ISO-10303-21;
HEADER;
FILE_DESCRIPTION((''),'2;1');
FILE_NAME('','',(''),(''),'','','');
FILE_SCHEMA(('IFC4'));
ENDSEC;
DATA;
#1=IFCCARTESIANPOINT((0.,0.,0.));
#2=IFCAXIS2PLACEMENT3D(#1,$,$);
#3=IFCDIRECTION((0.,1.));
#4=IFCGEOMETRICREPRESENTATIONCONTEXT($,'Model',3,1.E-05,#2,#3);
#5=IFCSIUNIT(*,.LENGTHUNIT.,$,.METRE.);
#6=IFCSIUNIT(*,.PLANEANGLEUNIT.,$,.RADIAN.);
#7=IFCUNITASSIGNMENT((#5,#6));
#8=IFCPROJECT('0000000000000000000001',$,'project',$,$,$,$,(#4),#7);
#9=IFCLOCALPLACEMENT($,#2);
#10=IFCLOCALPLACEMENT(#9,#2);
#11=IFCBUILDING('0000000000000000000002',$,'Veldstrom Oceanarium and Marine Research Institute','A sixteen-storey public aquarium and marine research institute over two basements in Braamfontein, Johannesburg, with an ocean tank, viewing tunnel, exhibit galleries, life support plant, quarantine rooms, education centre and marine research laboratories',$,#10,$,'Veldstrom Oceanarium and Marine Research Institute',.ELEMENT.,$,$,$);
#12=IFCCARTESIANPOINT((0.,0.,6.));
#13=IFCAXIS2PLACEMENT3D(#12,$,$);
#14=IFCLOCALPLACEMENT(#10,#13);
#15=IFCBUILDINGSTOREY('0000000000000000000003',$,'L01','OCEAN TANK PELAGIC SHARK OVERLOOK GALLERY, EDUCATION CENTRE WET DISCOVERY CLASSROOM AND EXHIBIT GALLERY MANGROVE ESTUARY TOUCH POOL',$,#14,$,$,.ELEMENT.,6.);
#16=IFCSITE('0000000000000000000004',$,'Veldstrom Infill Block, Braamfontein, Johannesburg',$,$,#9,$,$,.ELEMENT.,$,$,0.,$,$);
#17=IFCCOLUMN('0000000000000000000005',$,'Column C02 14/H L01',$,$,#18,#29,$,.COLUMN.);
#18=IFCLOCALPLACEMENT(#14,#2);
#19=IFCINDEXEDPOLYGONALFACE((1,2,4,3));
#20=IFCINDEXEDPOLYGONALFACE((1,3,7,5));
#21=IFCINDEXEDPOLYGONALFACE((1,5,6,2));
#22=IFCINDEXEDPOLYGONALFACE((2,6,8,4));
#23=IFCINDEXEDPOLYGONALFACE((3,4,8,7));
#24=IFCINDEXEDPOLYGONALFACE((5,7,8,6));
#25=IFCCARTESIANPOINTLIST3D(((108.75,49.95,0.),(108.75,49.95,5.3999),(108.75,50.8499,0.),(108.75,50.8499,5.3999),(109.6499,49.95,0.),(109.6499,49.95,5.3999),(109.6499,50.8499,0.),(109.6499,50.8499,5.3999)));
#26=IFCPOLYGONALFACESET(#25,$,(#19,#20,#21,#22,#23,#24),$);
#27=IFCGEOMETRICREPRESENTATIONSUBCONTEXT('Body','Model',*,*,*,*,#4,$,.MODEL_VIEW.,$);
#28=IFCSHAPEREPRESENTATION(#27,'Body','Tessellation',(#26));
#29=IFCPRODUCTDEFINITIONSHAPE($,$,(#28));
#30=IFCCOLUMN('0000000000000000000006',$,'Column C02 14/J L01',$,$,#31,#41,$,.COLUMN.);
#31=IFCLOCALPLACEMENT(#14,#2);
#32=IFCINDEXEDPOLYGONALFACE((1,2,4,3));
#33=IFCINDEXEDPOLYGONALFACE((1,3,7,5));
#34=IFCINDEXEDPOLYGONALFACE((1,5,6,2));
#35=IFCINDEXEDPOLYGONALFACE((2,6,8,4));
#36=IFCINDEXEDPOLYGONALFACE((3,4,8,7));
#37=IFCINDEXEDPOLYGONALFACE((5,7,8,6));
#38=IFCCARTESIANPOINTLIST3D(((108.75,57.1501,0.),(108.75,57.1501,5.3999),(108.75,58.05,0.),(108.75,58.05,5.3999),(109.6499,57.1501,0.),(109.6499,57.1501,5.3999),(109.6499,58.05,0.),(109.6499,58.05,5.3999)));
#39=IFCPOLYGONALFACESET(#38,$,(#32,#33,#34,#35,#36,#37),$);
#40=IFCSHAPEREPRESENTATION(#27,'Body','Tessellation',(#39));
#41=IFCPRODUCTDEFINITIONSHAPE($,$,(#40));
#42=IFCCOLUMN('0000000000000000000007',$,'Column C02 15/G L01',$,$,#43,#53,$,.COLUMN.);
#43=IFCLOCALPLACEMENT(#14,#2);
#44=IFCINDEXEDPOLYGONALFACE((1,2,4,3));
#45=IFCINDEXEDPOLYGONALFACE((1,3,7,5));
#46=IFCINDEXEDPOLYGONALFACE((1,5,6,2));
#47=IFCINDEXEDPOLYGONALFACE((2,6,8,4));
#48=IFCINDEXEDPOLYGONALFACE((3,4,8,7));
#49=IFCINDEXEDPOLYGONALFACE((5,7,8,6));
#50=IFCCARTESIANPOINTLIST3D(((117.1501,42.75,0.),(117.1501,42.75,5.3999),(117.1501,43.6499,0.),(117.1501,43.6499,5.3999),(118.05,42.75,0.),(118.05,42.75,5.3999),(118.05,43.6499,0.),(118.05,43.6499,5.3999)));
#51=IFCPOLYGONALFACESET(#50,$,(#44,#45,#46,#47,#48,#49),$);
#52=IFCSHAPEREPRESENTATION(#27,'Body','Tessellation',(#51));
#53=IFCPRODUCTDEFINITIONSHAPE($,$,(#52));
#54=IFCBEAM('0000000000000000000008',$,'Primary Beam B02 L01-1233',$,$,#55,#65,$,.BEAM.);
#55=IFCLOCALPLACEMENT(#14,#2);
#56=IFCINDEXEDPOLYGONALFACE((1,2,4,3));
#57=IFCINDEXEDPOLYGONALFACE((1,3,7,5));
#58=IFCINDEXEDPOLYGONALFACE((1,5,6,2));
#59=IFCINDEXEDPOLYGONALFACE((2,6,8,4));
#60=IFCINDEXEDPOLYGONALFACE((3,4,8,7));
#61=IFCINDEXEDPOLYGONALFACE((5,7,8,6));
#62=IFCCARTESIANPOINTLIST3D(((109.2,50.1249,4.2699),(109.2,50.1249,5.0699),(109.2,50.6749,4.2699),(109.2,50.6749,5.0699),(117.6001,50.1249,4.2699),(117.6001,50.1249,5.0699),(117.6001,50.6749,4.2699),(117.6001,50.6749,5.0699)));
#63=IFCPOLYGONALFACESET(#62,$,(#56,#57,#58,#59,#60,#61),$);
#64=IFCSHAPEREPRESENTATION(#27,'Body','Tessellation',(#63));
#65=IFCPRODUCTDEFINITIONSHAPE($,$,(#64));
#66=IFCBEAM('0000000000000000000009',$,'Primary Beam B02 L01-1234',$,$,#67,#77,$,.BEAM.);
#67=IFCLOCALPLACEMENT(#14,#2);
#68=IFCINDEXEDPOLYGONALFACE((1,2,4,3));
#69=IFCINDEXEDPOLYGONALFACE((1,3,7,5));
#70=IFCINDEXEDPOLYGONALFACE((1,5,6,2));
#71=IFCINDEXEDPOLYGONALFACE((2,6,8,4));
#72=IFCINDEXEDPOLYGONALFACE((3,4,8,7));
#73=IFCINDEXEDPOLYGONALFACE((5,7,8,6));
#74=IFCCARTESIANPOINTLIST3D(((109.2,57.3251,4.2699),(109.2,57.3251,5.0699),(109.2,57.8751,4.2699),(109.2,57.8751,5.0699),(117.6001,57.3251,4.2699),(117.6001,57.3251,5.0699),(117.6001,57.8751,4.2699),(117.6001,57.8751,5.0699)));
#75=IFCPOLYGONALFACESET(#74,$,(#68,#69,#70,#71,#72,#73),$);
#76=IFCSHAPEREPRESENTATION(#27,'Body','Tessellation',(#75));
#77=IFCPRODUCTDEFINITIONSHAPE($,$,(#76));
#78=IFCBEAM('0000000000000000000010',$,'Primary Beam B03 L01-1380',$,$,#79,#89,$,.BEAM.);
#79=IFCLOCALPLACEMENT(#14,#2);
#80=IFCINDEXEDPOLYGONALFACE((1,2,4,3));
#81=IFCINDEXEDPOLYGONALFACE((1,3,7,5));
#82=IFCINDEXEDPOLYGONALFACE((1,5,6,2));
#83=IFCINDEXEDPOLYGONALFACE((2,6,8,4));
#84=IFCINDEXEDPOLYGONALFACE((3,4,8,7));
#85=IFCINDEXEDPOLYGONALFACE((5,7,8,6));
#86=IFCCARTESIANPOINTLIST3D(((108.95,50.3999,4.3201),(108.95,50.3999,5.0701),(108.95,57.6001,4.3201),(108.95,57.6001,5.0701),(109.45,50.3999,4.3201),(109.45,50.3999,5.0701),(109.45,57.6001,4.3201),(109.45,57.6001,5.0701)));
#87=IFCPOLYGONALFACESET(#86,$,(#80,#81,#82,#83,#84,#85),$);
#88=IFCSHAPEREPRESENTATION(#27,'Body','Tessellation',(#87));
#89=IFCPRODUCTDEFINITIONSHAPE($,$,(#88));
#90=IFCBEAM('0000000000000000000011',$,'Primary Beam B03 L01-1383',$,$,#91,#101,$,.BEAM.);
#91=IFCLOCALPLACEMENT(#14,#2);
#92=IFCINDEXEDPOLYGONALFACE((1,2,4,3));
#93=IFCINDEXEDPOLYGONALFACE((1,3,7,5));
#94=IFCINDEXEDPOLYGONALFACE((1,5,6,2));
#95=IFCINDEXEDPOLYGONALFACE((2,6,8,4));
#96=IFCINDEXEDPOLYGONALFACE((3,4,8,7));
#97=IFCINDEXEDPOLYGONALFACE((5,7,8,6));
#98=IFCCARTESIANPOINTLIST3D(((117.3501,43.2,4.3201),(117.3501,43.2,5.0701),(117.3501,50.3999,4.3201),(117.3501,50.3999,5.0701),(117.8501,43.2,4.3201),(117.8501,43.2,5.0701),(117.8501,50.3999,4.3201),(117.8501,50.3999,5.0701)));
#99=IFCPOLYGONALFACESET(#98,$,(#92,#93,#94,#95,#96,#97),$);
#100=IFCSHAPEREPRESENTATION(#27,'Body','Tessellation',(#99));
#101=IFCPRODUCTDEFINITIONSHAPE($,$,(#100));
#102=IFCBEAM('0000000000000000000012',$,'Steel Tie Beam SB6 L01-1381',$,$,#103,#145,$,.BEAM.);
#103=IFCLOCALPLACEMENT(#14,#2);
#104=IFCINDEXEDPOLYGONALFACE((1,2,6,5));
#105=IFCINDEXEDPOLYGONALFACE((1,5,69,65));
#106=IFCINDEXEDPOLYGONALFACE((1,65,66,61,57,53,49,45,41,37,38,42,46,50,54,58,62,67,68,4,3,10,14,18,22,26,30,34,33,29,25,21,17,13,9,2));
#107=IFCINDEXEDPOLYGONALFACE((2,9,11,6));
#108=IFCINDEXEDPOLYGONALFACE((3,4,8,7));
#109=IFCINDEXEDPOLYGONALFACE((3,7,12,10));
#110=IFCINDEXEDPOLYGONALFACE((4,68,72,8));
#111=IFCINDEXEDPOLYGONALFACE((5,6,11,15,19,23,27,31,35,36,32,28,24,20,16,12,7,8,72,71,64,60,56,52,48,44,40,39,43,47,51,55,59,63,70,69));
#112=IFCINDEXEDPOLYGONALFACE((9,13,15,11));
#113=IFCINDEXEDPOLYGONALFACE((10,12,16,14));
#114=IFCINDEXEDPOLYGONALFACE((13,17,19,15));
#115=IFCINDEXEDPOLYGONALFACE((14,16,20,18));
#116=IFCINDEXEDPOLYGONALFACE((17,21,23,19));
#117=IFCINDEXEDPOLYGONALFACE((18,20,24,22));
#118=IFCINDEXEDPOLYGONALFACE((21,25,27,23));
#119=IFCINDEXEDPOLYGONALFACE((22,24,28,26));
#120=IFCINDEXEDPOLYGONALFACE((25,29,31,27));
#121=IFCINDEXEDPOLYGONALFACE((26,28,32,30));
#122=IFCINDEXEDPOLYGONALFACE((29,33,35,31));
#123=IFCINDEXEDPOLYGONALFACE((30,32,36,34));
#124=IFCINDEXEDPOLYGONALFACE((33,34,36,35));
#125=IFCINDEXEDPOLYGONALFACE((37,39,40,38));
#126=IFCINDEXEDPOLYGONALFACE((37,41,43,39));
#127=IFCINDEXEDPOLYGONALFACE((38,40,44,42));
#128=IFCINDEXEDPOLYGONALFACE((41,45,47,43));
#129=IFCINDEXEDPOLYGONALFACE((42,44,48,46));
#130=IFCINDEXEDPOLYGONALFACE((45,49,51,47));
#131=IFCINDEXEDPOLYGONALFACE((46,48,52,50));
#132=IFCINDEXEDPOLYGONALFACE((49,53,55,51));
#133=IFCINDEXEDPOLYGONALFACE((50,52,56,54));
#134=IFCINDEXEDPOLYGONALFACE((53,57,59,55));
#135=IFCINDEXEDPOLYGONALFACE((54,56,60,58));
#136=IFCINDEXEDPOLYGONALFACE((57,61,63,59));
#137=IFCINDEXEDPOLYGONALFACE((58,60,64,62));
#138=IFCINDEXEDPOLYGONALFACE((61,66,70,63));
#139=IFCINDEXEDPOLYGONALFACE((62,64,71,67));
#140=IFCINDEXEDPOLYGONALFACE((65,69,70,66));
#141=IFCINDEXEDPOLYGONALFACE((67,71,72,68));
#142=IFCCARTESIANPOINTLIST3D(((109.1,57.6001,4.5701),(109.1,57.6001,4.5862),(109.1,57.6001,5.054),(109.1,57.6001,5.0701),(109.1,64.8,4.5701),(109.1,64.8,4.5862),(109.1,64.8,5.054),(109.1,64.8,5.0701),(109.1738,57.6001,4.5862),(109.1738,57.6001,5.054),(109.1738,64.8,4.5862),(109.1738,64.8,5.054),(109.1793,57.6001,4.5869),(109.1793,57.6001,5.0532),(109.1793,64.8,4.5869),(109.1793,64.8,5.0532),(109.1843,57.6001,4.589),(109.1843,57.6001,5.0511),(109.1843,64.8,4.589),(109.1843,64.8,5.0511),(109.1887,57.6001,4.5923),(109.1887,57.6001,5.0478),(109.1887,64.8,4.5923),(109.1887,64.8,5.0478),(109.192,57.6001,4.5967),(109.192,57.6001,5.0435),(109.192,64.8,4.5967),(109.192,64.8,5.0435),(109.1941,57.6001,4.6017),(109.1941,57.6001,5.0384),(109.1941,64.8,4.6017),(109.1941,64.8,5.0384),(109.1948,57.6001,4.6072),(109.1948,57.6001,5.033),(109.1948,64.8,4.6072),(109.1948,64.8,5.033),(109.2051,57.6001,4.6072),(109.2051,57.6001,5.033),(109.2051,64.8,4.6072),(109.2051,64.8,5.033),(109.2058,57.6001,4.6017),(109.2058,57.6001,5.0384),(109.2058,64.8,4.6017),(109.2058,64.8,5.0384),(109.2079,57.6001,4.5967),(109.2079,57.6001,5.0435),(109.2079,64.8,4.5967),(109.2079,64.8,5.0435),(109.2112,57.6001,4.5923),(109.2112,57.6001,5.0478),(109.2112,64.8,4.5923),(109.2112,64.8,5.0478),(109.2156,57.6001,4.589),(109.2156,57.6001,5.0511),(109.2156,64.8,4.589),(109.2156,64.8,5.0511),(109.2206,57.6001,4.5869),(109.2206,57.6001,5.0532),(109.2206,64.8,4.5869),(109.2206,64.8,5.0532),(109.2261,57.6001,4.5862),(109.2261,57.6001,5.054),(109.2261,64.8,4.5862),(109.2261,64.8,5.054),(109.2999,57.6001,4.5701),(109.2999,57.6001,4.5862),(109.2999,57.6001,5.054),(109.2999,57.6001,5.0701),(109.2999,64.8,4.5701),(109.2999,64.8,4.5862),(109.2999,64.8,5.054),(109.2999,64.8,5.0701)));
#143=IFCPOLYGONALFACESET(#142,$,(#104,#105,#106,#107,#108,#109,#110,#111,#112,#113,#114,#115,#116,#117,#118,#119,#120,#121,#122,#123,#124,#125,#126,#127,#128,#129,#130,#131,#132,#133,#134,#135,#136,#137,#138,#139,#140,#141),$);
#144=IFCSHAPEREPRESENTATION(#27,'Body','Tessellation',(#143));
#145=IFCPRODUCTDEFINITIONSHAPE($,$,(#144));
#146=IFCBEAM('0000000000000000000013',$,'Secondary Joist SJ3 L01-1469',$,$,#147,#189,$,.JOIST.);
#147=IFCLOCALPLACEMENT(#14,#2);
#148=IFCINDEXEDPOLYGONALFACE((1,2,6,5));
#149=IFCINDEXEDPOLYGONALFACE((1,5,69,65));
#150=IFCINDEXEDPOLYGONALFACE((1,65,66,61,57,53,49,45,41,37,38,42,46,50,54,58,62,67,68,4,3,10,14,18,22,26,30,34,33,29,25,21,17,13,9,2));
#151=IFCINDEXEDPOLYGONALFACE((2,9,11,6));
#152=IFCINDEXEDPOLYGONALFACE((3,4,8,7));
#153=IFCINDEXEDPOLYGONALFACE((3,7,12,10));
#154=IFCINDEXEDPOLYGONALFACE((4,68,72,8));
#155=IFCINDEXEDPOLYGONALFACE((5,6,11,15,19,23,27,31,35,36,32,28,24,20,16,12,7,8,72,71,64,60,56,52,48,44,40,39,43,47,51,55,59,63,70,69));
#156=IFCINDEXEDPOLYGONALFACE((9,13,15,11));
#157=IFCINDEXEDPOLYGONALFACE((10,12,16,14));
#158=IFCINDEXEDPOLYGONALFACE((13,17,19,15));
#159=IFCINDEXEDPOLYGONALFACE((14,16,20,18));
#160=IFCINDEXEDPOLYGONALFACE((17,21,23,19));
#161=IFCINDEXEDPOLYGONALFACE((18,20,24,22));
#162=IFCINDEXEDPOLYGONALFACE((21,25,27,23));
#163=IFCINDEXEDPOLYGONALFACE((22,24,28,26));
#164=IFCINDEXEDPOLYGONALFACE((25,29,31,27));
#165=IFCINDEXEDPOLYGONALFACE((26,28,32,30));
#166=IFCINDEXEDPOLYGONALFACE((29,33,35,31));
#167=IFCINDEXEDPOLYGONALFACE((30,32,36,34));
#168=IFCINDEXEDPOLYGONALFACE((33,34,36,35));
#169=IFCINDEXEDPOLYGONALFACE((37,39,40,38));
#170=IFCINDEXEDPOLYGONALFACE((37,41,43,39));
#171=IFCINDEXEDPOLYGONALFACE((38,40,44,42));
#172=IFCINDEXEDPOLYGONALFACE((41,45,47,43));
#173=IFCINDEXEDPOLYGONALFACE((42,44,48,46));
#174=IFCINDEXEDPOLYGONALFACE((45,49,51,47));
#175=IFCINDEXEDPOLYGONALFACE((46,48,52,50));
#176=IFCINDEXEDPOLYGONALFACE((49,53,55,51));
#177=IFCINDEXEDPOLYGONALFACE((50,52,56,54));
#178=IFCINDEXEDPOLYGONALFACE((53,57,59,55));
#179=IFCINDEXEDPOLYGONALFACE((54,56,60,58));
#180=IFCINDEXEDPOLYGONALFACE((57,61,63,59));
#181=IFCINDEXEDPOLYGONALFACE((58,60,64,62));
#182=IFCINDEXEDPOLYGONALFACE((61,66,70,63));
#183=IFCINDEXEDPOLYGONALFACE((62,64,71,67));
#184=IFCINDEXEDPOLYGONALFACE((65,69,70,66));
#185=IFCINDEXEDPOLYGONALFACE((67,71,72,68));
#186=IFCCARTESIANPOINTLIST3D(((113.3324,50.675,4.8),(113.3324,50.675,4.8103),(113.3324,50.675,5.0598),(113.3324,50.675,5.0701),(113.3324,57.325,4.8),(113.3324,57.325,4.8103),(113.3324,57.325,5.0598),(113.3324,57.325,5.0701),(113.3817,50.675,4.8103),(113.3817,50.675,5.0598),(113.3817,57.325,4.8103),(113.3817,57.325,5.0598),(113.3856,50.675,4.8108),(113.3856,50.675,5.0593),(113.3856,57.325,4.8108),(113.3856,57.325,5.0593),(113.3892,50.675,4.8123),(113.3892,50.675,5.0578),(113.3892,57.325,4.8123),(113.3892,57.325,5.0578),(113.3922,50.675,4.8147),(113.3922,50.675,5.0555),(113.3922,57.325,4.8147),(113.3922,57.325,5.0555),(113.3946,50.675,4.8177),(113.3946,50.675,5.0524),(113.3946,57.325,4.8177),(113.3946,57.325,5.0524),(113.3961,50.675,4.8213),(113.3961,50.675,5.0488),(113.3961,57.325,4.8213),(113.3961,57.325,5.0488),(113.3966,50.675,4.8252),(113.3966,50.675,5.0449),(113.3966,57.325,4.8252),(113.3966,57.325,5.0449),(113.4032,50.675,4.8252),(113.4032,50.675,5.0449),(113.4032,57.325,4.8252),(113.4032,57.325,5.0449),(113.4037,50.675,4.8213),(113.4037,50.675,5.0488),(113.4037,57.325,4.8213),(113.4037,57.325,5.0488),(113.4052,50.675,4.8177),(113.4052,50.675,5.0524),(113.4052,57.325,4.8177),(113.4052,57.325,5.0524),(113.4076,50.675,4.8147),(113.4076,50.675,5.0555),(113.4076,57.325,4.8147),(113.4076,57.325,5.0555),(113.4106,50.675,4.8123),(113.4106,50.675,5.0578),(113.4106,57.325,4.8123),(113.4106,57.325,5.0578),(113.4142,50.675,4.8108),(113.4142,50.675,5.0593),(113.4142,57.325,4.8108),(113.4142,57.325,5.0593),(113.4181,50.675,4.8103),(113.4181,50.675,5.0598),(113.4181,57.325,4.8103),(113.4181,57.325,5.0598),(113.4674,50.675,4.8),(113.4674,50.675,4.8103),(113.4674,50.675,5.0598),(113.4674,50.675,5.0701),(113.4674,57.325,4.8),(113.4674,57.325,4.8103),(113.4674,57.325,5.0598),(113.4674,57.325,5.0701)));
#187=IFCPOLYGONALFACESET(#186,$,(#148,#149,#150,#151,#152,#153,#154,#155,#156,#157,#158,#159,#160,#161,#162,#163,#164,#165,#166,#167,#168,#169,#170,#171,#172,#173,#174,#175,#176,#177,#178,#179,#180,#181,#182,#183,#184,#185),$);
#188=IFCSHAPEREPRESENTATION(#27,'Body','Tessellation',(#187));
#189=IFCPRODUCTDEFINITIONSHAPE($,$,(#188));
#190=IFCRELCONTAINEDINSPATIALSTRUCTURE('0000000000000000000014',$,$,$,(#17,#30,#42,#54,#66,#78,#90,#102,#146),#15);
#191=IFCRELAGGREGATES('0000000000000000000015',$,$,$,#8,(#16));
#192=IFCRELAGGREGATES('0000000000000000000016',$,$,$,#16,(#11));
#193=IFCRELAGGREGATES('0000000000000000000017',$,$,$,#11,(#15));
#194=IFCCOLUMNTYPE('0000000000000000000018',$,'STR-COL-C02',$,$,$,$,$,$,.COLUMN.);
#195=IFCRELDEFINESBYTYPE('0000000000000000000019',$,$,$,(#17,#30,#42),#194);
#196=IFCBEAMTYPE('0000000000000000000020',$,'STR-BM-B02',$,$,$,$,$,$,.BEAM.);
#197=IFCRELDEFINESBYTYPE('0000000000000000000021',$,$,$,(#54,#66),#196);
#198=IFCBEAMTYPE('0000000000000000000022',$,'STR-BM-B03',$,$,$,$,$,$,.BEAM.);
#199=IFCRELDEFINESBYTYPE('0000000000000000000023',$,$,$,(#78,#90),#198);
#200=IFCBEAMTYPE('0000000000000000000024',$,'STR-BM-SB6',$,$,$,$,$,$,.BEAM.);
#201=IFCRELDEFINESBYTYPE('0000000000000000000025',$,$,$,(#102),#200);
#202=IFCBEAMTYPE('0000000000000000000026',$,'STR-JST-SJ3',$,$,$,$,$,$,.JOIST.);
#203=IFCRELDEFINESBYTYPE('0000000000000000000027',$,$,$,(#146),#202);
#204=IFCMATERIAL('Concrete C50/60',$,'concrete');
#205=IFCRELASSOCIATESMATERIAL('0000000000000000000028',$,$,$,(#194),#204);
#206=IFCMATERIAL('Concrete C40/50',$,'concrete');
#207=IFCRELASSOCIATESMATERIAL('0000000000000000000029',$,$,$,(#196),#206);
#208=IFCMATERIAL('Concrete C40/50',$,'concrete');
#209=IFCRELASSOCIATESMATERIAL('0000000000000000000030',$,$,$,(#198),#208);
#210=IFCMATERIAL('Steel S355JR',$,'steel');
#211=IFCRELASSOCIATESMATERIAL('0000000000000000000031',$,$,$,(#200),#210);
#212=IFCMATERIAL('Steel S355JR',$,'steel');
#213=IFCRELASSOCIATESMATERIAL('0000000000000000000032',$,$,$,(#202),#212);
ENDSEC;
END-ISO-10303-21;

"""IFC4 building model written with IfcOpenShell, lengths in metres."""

from ifc_helpers import new_model, si_unit, direction, frame, origin, origin_2d, place, context, subcontext, project, spatial, rectangle, i_section, extrude, material, material_profile, profile_set, type_object, element, save


model = new_model("IFC4")

# Units and contexts
model_context = context("Model", 3, precision=1e-05, world=origin(), true_north=direction((0.0, 1.0)))
body_context = subcontext(model_context, "Body", "Model", "MODEL_VIEW")
ifc_project = project(units=[si_unit("LENGTHUNIT", "METRE"), si_unit("PLANEANGLEUNIT", "RADIAN")], contexts=[model_context])

# Site, building, storey
site_placement = place(None, origin())
site = spatial("IfcSite", under=ifc_project, at=site_placement, Name="Veldstrom Infill Block, Braamfontein, Johannesburg", CompositionType="ELEMENT", RefElevation=0.0)
building_placement = place(site_placement, origin())
building = spatial("IfcBuilding", under=site, at=building_placement, Name="Veldstrom Oceanarium and Marine Research Institute", Description="A sixteen-storey public aquarium and marine research institute over two basements in Braamfontein, Johannesburg, with an ocean tank, viewing tunnel, exhibit galleries, life support plant, quarantine rooms, education centre and marine research laboratories", LongName="Veldstrom Oceanarium and Marine Research Institute", CompositionType="ELEMENT")
storey_placement = place(building_placement, frame((0.0, 0.0, 6.0)))
storey = spatial("IfcBuildingStorey", under=building, at=storey_placement, Name="L01", Description="OCEAN TANK PELAGIC SHARK OVERLOOK GALLERY, EDUCATION CENTRE WET DISCOVERY CLASSROOM AND EXHIBIT GALLERY MANGROVE ESTUARY TOUCH POOL", CompositionType="ELEMENT", Elevation=6.0)

# Columns
ifc_material_1 = material(Name="Concrete C50/60", Category="concrete")
ifc_material_profile_1 = material_profile(ifc_material_1, rectangle(XDim=0.8999, YDim=0.8999, at=origin_2d()), Name="RC-COL-900x900")
ifc_profile_set_1 = profile_set([ifc_material_profile_1], Name="Concrete C50/60")
column_type = type_object("IfcColumnType", Name="STR-COL-C02", PredefinedType="COLUMN", material=ifc_profile_set_1)
for number, where, z_axis, x_axis, name in (
    (1, (109.2, 50.3999, 0.0), (0.0, 0.0, 1.0), (1.0, 0.0, 0.0), "Column C02 14/H L01"),
    (2, (109.2, 57.6001, 0.0), (0.0, 0.0, 1.0), (1.0, 0.0, 0.0), "Column C02 14/J L01"),
    (3, (117.6001, 43.2, 0.0), (0.0, 0.0, 1.0), (1.0, 0.0, 0.0), "Column C02 15/G L01"),
):
    element("IfcColumn", number, at=place(storey_placement, frame(where, z_axis=z_axis, x_axis=x_axis)), inside=storey, type_object=column_type, Name=name, PredefinedType="COLUMN", context=body_context, shape_type="SweptSolid", body=[
        extrude(rectangle(XDim=0.8999, YDim=0.8999, at=origin_2d()), origin(), (0.0, 0.0, 1.0), 5.3999),
    ])

# Beams
ifc_material_2 = material(Name="Concrete C40/50", Category="concrete")
ifc_material_profile_2 = material_profile(ifc_material_2, rectangle(XDim=0.55, YDim=0.8, at=origin_2d()), Name="RC-BM-550x800")
ifc_profile_set_2 = profile_set([ifc_material_profile_2], Name="Concrete C40/50")
beam_type_1 = type_object("IfcBeamType", Name="STR-BM-B02", PredefinedType="BEAM", material=ifc_profile_set_2)
for number, where, z_axis, x_axis, name in (
    (4, (109.2, 50.3999, 4.6699), (1.0, 0.0, 0.0), (0.0, 1.0, 0.0), "Primary Beam B02 L01-1233"),
    (5, (109.2, 57.6001, 4.6699), (1.0, 0.0, 0.0), (0.0, 1.0, 0.0), "Primary Beam B02 L01-1234"),
):
    element("IfcBeam", number, at=place(storey_placement, frame(where, z_axis=z_axis, x_axis=x_axis)), inside=storey, type_object=beam_type_1, Name=name, PredefinedType="BEAM", context=body_context, shape_type="SweptSolid", body=[
        extrude(rectangle(XDim=0.55, YDim=0.8, at=origin_2d()), origin(), (0.0, 0.0, 1.0), 8.4001),
    ])
ifc_material_3 = material(Name="Concrete C40/50", Category="concrete")
ifc_material_profile_3 = material_profile(ifc_material_3, rectangle(XDim=0.5, YDim=0.75, at=origin_2d()), Name="RC-BM-500x750")
ifc_profile_set_3 = profile_set([ifc_material_profile_3], Name="Concrete C40/50")
beam_type_2 = type_object("IfcBeamType", Name="STR-BM-B03", PredefinedType="BEAM", material=ifc_profile_set_3)
beam_1_placement = place(storey_placement, frame((109.2, 50.3999, 4.6951), z_axis=(0.0, 1.0, 0.0), x_axis=(-1.0, 0.0, 0.0)))
element("IfcBeam", 6, at=beam_1_placement, inside=storey, type_object=beam_type_2, Name="Primary Beam B03 L01-1380", PredefinedType="BEAM", context=body_context, shape_type="SweptSolid", body=[
    extrude(rectangle(XDim=0.5, YDim=0.75, at=origin_2d()), origin(), (0.0, 0.0, 1.0), 7.2002),
])
beam_2_placement = place(storey_placement, frame((117.6001, 43.2, 4.6951), z_axis=(0.0, 1.0, 0.0), x_axis=(-1.0, 0.0, 0.0)))
element("IfcBeam", 7, at=beam_2_placement, inside=storey, type_object=beam_type_2, Name="Primary Beam B03 L01-1383", PredefinedType="BEAM", context=body_context, shape_type="SweptSolid", body=[
    extrude(rectangle(XDim=0.5, YDim=0.75, at=origin_2d()), origin(), (0.0, 0.0, 1.0), 7.2),
])
ifc_material_4 = material(Name="Steel S355JR", Category="steel")
ifc_material_profile_4 = material_profile(ifc_material_4, i_section(OverallWidth=0.2, OverallDepth=0.5, WebThickness=0.0103, FlangeThickness=0.0161, FilletRadius=0.021, at=origin_2d()), Name="IPE 500")
ifc_profile_set_4 = profile_set([ifc_material_profile_4], Name="Steel S355JR")
beam_type_3 = type_object("IfcBeamType", Name="STR-BM-SB6", PredefinedType="BEAM", material=ifc_profile_set_4)
beam_3_placement = place(storey_placement, frame((109.2, 57.6001, 4.8201), z_axis=(0.0, 1.0, 0.0), x_axis=(-1.0, 0.0, 0.0)))
element("IfcBeam", 8, at=beam_3_placement, inside=storey, type_object=beam_type_3, Name="Steel Tie Beam SB6 L01-1381", PredefinedType="BEAM", context=body_context, shape_type="SweptSolid", body=[
    extrude(i_section(OverallWidth=0.2, OverallDepth=0.5, WebThickness=0.0103, FlangeThickness=0.0161, FilletRadius=0.021, at=origin_2d()), origin(), (0.0, 0.0, 1.0), 7.2),
])
ifc_material_5 = material(Name="Steel S355JR", Category="steel")
ifc_material_profile_5 = material_profile(ifc_material_5, i_section(OverallWidth=0.135, OverallDepth=0.27, WebThickness=0.0066, FlangeThickness=0.0103, FilletRadius=0.0149, at=origin_2d()), Name="IPE 270")
ifc_profile_set_5 = profile_set([ifc_material_profile_5], Name="Steel S355JR")
beam_type_4 = type_object("IfcBeamType", Name="STR-JST-SJ3", PredefinedType="JOIST", material=ifc_profile_set_5)
beam_4_placement = place(storey_placement, frame((113.3999, 50.675, 4.9351), z_axis=(0.0, 1.0, 0.0), x_axis=(-1.0, 0.0, 0.0)))
element("IfcBeam", 9, at=beam_4_placement, inside=storey, type_object=beam_type_4, Name="Secondary Joist SJ3 L01-1469", PredefinedType="JOIST", context=body_context, shape_type="SweptSolid", body=[
    extrude(i_section(OverallWidth=0.135, OverallDepth=0.27, WebThickness=0.0066, FlangeThickness=0.0103, FilletRadius=0.0149, at=origin_2d()), origin(), (0.0, 0.0, 1.0), 6.6499),
])

save(model, "model.ifc")
